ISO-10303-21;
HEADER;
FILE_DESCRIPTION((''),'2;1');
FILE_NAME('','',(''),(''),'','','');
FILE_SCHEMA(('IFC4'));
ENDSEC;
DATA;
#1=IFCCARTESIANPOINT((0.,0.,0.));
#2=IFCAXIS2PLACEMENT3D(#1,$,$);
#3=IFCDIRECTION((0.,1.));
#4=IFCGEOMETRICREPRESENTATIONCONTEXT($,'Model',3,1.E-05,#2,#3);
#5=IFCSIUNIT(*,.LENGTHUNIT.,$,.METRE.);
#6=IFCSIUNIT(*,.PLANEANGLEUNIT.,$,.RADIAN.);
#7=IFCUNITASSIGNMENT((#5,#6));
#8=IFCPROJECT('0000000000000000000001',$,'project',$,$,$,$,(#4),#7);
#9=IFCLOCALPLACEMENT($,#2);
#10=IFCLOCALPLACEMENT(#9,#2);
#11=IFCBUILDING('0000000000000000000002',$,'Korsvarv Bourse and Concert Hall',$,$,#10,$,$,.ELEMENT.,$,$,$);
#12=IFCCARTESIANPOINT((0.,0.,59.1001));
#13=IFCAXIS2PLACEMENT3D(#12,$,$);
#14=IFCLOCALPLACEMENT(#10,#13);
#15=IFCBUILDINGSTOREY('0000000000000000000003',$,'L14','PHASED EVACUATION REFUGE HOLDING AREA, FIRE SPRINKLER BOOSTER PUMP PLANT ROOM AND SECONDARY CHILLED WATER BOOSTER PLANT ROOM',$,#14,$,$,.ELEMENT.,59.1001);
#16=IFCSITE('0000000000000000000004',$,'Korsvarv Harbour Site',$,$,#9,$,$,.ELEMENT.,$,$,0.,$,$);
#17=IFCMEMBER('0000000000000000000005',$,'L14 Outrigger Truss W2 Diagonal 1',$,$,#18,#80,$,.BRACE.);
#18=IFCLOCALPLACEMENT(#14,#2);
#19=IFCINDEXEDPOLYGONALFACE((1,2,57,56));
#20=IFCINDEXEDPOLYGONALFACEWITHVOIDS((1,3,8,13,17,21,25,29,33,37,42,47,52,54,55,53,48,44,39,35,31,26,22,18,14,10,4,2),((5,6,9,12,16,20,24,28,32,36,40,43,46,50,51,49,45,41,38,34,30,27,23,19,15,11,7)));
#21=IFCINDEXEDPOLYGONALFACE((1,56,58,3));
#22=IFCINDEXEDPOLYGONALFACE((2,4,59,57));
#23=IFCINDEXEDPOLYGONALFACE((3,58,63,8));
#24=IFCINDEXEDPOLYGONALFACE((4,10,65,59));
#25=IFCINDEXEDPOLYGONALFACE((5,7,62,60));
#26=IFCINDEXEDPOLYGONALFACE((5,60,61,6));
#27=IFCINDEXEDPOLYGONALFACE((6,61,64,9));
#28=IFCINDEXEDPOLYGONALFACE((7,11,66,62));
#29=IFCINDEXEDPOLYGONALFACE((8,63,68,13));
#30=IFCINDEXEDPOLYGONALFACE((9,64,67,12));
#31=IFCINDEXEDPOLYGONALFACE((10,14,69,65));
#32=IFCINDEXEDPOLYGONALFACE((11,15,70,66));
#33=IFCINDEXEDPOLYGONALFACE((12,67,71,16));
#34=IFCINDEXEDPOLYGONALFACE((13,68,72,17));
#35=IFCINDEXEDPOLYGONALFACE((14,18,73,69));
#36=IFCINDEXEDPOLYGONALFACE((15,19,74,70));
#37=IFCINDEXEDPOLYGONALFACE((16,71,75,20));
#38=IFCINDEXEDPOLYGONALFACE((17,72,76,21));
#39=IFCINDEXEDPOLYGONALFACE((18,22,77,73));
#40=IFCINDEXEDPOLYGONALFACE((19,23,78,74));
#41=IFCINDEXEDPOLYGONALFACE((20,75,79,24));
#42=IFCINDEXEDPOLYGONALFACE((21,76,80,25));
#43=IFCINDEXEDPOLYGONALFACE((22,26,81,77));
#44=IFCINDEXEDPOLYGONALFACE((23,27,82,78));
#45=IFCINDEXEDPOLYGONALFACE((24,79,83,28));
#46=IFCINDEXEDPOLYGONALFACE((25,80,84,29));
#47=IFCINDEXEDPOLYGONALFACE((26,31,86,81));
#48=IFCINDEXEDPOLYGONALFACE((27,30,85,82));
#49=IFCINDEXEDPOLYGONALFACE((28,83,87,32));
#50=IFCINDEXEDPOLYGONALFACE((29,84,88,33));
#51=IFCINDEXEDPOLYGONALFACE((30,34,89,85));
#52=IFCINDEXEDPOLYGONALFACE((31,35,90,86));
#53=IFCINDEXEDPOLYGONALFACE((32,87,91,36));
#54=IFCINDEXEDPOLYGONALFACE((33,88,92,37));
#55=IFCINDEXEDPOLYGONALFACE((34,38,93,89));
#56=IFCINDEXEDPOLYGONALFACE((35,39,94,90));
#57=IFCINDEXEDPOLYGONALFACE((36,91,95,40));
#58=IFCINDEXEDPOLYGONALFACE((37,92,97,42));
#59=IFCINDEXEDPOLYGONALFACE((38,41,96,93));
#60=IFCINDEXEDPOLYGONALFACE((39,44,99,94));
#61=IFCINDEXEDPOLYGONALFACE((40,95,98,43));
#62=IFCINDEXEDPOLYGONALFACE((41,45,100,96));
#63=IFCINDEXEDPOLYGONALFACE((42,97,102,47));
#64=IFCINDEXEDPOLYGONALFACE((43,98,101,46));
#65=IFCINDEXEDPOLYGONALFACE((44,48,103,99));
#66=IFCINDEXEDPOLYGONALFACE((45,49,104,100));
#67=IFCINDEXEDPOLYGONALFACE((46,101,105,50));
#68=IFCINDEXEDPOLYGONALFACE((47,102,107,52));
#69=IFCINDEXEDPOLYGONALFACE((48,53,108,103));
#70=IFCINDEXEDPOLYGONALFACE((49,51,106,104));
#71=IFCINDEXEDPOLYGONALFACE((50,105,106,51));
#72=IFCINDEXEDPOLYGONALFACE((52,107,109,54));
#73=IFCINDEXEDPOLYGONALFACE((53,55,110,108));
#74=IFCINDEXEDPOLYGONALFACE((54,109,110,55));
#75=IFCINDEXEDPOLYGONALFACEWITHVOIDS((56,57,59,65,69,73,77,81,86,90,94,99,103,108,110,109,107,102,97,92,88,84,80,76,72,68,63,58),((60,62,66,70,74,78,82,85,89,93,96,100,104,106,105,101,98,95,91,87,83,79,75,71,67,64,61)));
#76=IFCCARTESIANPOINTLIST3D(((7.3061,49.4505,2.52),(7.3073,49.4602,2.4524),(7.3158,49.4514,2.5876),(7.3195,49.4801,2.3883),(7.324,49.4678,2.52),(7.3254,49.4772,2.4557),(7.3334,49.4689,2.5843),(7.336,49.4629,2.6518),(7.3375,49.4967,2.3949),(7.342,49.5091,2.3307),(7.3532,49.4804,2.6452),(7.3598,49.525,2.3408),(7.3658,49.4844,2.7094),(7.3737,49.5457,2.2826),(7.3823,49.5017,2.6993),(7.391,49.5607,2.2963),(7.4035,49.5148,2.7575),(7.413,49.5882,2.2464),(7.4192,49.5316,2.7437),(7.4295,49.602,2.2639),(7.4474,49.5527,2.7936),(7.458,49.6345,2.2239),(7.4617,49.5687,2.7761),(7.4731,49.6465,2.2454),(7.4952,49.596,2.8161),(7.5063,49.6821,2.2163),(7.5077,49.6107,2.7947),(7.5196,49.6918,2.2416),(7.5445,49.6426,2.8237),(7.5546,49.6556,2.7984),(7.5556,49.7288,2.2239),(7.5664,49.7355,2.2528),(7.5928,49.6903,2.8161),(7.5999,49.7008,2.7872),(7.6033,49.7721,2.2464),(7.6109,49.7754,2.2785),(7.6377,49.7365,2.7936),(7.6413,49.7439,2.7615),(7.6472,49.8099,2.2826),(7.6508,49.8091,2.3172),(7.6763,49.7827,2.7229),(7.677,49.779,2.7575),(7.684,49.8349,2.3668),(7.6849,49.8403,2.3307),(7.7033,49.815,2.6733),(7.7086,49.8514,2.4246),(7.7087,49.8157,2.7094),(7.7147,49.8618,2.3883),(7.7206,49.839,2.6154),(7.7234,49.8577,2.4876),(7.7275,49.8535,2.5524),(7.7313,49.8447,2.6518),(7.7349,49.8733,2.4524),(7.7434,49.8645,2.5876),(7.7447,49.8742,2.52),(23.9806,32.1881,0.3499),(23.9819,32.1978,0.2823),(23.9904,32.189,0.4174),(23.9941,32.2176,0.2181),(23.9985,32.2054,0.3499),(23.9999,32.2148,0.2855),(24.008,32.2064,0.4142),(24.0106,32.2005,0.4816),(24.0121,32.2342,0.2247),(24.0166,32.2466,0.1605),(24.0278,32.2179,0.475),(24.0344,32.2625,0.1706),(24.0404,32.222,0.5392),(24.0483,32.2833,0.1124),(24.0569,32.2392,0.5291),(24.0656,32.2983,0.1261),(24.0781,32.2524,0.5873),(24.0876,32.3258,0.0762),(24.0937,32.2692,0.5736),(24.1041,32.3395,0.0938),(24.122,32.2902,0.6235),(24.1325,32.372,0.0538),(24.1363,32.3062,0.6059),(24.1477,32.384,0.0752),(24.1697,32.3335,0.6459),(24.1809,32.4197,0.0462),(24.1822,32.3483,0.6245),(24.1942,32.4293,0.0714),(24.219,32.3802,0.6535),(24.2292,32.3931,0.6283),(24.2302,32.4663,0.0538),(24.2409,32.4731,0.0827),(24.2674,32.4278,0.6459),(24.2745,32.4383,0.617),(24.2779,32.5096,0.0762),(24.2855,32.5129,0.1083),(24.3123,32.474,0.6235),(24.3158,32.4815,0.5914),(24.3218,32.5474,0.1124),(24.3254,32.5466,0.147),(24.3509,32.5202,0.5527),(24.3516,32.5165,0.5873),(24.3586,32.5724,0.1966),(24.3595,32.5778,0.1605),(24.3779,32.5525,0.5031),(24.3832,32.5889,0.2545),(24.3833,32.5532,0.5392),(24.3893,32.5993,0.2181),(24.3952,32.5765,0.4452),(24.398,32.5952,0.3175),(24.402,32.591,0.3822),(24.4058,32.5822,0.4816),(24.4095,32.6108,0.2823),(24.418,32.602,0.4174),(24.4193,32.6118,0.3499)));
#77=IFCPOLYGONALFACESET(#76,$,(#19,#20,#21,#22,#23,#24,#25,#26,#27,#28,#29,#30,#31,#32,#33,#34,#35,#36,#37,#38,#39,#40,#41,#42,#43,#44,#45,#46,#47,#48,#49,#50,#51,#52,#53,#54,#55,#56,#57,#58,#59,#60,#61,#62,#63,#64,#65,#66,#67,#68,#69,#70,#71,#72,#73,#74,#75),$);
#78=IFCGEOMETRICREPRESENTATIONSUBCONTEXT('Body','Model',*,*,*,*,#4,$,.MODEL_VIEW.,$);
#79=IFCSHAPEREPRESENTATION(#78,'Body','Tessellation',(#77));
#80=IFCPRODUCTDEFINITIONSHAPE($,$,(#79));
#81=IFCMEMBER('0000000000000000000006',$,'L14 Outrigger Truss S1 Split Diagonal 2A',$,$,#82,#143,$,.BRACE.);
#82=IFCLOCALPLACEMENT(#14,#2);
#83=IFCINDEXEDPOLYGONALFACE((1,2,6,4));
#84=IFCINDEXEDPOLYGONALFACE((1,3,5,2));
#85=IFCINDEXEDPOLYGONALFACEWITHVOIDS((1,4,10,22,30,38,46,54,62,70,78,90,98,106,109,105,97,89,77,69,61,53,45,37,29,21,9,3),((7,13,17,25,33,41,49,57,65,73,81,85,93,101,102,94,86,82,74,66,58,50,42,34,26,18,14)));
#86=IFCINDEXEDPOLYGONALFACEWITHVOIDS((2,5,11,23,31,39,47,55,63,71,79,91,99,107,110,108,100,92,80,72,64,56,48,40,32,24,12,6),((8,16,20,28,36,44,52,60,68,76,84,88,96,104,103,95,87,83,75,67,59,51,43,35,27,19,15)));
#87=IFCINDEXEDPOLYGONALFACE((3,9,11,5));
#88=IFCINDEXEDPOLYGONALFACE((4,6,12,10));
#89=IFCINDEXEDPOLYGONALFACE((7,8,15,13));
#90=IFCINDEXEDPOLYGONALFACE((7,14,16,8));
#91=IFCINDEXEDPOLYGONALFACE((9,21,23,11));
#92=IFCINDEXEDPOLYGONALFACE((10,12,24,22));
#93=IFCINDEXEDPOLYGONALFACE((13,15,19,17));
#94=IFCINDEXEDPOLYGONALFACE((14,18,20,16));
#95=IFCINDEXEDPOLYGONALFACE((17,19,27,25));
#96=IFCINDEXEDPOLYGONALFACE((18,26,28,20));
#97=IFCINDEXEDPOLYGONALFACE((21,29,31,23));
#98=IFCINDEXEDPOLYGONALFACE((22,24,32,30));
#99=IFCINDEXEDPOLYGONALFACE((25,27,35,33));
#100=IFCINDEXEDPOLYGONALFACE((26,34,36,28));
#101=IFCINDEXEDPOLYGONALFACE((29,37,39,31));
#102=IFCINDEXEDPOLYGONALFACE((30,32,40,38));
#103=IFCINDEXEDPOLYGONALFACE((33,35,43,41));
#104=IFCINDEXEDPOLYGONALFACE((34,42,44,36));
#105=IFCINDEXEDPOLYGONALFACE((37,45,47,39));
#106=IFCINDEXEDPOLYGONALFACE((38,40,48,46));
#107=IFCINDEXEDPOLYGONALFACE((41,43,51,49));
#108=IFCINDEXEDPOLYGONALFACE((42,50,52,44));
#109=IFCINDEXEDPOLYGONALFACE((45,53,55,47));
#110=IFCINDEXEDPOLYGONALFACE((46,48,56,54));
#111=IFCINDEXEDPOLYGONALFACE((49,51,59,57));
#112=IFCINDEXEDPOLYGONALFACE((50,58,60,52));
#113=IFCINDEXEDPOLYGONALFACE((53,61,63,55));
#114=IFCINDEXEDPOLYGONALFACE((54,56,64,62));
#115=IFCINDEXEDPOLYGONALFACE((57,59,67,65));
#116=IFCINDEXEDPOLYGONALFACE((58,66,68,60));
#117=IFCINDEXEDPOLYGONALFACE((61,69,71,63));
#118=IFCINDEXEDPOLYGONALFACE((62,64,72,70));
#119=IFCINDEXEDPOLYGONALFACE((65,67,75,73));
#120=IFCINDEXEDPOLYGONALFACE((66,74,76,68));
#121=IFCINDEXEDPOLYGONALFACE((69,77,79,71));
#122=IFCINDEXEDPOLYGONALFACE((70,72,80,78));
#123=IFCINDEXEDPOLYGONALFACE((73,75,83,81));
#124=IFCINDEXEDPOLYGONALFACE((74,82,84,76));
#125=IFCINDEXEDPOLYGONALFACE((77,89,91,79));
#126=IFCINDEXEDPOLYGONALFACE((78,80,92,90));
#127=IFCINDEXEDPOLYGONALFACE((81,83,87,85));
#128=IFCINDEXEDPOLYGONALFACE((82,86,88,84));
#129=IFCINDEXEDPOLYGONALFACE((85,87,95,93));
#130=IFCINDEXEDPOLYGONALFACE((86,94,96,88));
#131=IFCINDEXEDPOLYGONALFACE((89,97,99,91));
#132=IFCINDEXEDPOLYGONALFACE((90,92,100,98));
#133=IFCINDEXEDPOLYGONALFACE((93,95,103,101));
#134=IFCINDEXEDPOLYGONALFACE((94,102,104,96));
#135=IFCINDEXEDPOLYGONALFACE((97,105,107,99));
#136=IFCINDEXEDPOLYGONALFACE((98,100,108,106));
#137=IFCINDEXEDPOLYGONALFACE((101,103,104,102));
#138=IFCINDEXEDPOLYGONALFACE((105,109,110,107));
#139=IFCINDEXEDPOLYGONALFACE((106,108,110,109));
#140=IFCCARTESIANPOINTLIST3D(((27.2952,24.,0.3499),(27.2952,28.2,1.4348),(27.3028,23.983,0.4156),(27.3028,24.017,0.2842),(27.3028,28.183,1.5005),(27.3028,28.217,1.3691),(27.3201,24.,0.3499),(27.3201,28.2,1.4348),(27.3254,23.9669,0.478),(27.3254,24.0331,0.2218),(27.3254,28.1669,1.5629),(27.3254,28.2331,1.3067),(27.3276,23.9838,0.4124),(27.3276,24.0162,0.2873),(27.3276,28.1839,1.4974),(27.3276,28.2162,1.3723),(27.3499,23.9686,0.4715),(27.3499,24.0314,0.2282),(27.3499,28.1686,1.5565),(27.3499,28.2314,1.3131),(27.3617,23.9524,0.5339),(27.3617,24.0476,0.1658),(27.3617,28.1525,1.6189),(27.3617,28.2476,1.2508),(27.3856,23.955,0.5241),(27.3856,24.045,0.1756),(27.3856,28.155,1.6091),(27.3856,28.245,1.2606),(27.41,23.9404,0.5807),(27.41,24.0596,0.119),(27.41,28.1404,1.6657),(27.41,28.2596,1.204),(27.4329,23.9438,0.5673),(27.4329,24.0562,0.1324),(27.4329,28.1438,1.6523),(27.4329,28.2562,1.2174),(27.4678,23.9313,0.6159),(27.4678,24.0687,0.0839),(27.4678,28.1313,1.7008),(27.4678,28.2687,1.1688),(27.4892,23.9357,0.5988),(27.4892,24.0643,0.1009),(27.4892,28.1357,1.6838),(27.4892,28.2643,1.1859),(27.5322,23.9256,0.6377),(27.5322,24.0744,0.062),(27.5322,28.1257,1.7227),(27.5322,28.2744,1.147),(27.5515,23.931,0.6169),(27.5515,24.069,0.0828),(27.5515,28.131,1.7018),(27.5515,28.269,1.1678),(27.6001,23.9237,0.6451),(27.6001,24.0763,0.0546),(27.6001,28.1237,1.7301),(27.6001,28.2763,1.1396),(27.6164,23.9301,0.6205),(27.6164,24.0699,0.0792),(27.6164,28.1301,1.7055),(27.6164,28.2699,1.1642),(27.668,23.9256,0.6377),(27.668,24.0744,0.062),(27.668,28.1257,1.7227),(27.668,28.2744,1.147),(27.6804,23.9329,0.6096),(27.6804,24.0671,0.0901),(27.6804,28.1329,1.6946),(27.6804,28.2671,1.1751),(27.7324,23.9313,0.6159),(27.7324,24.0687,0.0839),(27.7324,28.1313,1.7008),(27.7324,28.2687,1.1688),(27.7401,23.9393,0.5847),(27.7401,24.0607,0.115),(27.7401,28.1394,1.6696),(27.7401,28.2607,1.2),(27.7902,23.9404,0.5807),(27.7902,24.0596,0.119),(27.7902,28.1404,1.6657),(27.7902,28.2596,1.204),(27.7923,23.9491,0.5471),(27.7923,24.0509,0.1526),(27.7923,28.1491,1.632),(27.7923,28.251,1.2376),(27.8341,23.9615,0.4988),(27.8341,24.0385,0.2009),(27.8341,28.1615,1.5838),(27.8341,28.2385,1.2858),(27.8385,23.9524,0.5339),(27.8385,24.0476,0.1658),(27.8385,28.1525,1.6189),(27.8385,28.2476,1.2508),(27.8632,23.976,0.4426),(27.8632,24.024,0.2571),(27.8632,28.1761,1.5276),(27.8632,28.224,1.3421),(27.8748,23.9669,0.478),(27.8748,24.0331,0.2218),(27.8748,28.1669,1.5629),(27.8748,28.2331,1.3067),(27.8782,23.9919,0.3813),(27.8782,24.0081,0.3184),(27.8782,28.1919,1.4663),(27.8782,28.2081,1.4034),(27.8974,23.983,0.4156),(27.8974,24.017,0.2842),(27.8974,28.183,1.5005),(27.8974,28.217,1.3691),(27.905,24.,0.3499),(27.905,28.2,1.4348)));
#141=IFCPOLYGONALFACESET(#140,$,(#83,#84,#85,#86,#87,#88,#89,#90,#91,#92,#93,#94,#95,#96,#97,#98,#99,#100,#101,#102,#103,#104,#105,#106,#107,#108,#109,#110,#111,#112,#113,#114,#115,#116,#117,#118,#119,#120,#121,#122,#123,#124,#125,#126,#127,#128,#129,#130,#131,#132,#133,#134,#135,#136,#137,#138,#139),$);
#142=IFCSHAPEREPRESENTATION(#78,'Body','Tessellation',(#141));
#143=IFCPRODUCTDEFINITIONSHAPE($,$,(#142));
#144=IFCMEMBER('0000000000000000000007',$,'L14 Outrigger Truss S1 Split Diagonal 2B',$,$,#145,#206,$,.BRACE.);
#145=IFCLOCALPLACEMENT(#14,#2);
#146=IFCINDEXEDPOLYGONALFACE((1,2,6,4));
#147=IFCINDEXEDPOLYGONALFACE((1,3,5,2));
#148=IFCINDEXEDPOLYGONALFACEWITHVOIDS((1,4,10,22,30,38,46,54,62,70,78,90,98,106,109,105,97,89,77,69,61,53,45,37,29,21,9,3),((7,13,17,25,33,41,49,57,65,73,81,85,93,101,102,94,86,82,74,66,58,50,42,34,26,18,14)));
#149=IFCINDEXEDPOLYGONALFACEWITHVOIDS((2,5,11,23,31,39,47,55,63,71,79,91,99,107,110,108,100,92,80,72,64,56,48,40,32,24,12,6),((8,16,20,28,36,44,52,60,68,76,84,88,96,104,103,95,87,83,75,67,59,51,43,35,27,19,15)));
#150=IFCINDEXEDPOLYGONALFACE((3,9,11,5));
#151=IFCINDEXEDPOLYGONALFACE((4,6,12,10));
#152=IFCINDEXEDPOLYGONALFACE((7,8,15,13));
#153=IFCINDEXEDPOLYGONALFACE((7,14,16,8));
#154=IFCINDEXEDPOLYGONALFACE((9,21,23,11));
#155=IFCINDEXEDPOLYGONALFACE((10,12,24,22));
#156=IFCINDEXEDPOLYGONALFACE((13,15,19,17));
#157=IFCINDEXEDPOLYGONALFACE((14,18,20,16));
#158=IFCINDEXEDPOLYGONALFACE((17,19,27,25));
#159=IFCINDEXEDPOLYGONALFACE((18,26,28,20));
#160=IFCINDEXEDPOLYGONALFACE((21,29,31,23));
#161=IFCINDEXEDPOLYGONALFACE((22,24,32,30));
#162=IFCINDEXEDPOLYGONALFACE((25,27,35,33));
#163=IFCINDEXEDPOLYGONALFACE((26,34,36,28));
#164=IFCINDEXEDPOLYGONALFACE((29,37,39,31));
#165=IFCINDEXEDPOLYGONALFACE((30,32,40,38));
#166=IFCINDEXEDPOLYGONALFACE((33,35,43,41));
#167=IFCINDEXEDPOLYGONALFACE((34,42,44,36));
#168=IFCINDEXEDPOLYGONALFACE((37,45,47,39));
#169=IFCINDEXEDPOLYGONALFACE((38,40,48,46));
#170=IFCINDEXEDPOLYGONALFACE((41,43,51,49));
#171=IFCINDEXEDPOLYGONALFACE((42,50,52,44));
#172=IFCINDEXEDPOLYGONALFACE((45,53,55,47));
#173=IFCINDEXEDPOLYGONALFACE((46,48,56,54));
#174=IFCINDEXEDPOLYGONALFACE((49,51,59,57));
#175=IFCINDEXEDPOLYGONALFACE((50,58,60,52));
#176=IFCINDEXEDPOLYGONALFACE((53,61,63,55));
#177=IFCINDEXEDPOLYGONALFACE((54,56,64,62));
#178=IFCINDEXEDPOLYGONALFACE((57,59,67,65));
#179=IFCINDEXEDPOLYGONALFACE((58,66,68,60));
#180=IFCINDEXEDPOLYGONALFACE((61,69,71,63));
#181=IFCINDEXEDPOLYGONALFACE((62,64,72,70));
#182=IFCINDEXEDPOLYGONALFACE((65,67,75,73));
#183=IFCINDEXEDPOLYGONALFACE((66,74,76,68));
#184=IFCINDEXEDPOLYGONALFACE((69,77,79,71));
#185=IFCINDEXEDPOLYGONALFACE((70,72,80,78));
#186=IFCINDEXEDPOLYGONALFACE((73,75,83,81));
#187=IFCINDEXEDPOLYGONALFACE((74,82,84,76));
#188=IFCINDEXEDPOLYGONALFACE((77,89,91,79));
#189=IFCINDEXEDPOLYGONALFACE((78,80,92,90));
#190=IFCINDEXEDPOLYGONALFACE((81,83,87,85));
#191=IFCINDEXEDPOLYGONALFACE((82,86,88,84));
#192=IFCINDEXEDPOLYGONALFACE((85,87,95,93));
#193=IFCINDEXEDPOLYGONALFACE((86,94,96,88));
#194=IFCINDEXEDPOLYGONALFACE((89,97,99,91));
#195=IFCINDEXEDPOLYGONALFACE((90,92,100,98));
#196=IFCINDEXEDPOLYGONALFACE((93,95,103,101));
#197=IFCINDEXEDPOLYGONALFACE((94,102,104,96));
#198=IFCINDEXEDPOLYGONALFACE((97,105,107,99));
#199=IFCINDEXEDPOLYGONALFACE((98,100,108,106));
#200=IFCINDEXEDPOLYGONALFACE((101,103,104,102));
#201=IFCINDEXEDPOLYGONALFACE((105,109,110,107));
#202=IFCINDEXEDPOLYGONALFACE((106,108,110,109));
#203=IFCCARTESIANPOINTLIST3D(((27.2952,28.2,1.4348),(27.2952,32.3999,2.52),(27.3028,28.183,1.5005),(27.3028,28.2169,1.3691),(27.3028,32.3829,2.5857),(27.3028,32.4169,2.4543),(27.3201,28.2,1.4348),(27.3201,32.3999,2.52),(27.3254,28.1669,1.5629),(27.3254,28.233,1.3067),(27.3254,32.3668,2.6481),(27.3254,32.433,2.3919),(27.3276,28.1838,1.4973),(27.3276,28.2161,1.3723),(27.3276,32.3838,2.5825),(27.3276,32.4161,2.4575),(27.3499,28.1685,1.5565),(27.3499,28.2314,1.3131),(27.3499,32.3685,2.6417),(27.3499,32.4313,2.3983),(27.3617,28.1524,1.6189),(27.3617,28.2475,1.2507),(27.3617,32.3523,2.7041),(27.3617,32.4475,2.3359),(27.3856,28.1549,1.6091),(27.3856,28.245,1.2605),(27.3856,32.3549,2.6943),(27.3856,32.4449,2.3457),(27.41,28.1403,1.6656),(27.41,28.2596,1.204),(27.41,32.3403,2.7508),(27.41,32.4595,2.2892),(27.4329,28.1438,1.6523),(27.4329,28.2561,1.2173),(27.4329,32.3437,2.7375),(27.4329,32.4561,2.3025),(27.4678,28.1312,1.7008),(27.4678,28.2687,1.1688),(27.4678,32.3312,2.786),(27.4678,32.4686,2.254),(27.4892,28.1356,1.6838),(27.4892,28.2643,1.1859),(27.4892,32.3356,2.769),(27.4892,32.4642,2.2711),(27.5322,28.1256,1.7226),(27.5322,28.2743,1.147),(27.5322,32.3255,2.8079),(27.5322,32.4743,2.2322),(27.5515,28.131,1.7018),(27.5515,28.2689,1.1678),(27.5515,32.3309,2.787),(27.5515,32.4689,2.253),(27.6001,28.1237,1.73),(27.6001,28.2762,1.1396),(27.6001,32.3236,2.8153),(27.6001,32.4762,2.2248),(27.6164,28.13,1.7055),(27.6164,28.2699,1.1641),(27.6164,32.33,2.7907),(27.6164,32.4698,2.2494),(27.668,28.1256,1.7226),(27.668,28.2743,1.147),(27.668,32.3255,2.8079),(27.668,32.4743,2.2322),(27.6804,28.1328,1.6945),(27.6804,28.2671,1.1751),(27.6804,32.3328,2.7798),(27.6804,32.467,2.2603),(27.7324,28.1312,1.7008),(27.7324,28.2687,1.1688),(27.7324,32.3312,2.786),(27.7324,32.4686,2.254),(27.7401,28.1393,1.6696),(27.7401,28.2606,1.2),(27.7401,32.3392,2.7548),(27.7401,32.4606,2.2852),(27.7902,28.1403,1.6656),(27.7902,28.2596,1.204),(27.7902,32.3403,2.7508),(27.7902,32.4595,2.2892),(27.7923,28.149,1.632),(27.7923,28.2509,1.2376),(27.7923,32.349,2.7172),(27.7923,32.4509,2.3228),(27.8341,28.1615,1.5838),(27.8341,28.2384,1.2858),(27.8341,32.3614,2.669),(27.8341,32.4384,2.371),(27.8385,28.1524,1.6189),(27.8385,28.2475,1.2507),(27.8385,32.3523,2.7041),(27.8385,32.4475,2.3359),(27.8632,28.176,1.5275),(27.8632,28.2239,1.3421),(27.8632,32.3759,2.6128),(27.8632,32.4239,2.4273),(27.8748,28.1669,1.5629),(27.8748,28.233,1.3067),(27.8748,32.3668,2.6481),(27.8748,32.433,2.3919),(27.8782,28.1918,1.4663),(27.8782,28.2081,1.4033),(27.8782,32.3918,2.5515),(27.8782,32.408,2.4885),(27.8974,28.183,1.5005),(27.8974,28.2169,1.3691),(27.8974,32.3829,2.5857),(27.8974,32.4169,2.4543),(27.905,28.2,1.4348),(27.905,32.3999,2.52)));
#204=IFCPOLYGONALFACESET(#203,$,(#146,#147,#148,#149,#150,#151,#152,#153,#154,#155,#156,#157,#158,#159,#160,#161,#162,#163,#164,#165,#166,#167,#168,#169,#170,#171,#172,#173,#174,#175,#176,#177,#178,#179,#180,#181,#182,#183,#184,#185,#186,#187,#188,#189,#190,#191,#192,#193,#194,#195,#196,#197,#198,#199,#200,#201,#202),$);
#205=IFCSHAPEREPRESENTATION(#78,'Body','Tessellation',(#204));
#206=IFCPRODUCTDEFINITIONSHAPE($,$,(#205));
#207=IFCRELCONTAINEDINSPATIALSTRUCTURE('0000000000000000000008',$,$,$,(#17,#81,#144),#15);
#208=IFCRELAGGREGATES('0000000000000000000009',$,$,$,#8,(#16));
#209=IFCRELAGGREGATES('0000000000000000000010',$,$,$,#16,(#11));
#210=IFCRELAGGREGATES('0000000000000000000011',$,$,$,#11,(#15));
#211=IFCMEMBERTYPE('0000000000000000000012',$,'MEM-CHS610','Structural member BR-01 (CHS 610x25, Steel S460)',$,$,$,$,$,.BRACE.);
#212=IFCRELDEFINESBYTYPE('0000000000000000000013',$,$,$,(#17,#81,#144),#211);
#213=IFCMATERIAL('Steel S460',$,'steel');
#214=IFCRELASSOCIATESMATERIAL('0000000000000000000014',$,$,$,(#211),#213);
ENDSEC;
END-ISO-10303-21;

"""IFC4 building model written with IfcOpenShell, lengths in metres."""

from ifc_helpers import new_model, si_unit, direction, frame, origin, origin_2d, place, context, subcontext, project, spatial, hollow_circle, extrude, source, transform, mapped, material, material_profile, profile_set, type_object, element, save


model = new_model("IFC4")

# Units and contexts
model_context = context("Model", 3, precision=1e-05, world=origin(), true_north=direction((0.0, 1.0)))
body_context = subcontext(model_context, "Body", "Model", "MODEL_VIEW")
ifc_project = project(units=[si_unit("LENGTHUNIT", "METRE"), si_unit("PLANEANGLEUNIT", "RADIAN")], contexts=[model_context])

# Site, building, storey
site_placement = place(None, origin())
site = spatial("IfcSite", under=ifc_project, at=site_placement, Name="Korsvarv Harbour Site", CompositionType="ELEMENT", RefElevation=0.0)
building_placement = place(site_placement, origin())
building = spatial("IfcBuilding", under=site, at=building_placement, Name="Korsvarv Bourse and Concert Hall", CompositionType="ELEMENT")
storey_placement = place(building_placement, frame((0.0, 0.0, 59.1001)))
storey = spatial("IfcBuildingStorey", under=building, at=storey_placement, Name="L14", Description="PHASED EVACUATION REFUGE HOLDING AREA, FIRE SPRINKLER BOOSTER PUMP PLANT ROOM AND SECONDARY CHILLED WATER BOOSTER PLANT ROOM", CompositionType="ELEMENT", Elevation=59.1001)

# Shared definitions
ifc_material_1 = material(Name="Steel S460", Category="steel")

# Members
ifc_material_profile_1 = material_profile(ifc_material_1, hollow_circle(Radius=0.3049, WallThickness=0.0249, at=origin_2d()), Name="CHS 610x25")
ifc_profile_set_1 = profile_set([ifc_material_profile_1], Name="Steel S460")
member_type_1 = type_object("IfcMemberType", Name="MEM-CHS610", Description="Structural member BR-01 (CHS 610x25, Steel S460)", PredefinedType="BRACE", material=ifc_profile_set_1)
shared_shape_1 = source(origin(), body_context, "Body", "SweptSolid", [
    extrude(hollow_circle(Radius=0.3049, WallThickness=0.0249, at=origin_2d()), origin(), (0.0, 0.0, 1.0), 24.0986),
])
member_1_placement = place(storey_placement, frame((24.2, 32.3999, 0.3499), z_axis=(-0.691931, 0.716326, 0.090054), x_axis=(-0.719248, -0.694753, 0.0)))
element("IfcMember", 1, at=member_1_placement, inside=storey, type_object=member_type_1, Name="L14 Outrigger Truss W2 Diagonal 1", PredefinedType="BRACE", context=body_context, shape_type="MappedRepresentation", body=[
    mapped(shared_shape_1, transform((0.0, 0.0, 0.0), scale=1.0)),
])
shared_shape_2 = source(origin(), body_context, "Body", "SweptSolid", [
    extrude(hollow_circle(Radius=0.3049, WallThickness=0.0249, at=origin_2d()), origin(), (0.0, 0.0, 1.0), 4.3379),
])
for number, where, z_axis, x_axis, name in (
    (2, (27.6001, 24.0, 0.3499), (0.0, 0.968216, 0.250116), (-1.0, 0.0, 0.0), "L14 Outrigger Truss S1 Split Diagonal 2A"),
    (3, (27.6001, 28.2, 1.4348), (0.0, 0.968202, 0.250169), (-1.0, 0.0, 0.0), "L14 Outrigger Truss S1 Split Diagonal 2B"),
):
    element("IfcMember", number, at=place(storey_placement, frame(where, z_axis=z_axis, x_axis=x_axis)), inside=storey, type_object=member_type_1, Name=name, PredefinedType="BRACE", context=body_context, shape_type="MappedRepresentation", body=[
        mapped(shared_shape_2, transform((0.0, 0.0, 0.0), scale=1.0)),
    ])

save(model, "model.ifc")
